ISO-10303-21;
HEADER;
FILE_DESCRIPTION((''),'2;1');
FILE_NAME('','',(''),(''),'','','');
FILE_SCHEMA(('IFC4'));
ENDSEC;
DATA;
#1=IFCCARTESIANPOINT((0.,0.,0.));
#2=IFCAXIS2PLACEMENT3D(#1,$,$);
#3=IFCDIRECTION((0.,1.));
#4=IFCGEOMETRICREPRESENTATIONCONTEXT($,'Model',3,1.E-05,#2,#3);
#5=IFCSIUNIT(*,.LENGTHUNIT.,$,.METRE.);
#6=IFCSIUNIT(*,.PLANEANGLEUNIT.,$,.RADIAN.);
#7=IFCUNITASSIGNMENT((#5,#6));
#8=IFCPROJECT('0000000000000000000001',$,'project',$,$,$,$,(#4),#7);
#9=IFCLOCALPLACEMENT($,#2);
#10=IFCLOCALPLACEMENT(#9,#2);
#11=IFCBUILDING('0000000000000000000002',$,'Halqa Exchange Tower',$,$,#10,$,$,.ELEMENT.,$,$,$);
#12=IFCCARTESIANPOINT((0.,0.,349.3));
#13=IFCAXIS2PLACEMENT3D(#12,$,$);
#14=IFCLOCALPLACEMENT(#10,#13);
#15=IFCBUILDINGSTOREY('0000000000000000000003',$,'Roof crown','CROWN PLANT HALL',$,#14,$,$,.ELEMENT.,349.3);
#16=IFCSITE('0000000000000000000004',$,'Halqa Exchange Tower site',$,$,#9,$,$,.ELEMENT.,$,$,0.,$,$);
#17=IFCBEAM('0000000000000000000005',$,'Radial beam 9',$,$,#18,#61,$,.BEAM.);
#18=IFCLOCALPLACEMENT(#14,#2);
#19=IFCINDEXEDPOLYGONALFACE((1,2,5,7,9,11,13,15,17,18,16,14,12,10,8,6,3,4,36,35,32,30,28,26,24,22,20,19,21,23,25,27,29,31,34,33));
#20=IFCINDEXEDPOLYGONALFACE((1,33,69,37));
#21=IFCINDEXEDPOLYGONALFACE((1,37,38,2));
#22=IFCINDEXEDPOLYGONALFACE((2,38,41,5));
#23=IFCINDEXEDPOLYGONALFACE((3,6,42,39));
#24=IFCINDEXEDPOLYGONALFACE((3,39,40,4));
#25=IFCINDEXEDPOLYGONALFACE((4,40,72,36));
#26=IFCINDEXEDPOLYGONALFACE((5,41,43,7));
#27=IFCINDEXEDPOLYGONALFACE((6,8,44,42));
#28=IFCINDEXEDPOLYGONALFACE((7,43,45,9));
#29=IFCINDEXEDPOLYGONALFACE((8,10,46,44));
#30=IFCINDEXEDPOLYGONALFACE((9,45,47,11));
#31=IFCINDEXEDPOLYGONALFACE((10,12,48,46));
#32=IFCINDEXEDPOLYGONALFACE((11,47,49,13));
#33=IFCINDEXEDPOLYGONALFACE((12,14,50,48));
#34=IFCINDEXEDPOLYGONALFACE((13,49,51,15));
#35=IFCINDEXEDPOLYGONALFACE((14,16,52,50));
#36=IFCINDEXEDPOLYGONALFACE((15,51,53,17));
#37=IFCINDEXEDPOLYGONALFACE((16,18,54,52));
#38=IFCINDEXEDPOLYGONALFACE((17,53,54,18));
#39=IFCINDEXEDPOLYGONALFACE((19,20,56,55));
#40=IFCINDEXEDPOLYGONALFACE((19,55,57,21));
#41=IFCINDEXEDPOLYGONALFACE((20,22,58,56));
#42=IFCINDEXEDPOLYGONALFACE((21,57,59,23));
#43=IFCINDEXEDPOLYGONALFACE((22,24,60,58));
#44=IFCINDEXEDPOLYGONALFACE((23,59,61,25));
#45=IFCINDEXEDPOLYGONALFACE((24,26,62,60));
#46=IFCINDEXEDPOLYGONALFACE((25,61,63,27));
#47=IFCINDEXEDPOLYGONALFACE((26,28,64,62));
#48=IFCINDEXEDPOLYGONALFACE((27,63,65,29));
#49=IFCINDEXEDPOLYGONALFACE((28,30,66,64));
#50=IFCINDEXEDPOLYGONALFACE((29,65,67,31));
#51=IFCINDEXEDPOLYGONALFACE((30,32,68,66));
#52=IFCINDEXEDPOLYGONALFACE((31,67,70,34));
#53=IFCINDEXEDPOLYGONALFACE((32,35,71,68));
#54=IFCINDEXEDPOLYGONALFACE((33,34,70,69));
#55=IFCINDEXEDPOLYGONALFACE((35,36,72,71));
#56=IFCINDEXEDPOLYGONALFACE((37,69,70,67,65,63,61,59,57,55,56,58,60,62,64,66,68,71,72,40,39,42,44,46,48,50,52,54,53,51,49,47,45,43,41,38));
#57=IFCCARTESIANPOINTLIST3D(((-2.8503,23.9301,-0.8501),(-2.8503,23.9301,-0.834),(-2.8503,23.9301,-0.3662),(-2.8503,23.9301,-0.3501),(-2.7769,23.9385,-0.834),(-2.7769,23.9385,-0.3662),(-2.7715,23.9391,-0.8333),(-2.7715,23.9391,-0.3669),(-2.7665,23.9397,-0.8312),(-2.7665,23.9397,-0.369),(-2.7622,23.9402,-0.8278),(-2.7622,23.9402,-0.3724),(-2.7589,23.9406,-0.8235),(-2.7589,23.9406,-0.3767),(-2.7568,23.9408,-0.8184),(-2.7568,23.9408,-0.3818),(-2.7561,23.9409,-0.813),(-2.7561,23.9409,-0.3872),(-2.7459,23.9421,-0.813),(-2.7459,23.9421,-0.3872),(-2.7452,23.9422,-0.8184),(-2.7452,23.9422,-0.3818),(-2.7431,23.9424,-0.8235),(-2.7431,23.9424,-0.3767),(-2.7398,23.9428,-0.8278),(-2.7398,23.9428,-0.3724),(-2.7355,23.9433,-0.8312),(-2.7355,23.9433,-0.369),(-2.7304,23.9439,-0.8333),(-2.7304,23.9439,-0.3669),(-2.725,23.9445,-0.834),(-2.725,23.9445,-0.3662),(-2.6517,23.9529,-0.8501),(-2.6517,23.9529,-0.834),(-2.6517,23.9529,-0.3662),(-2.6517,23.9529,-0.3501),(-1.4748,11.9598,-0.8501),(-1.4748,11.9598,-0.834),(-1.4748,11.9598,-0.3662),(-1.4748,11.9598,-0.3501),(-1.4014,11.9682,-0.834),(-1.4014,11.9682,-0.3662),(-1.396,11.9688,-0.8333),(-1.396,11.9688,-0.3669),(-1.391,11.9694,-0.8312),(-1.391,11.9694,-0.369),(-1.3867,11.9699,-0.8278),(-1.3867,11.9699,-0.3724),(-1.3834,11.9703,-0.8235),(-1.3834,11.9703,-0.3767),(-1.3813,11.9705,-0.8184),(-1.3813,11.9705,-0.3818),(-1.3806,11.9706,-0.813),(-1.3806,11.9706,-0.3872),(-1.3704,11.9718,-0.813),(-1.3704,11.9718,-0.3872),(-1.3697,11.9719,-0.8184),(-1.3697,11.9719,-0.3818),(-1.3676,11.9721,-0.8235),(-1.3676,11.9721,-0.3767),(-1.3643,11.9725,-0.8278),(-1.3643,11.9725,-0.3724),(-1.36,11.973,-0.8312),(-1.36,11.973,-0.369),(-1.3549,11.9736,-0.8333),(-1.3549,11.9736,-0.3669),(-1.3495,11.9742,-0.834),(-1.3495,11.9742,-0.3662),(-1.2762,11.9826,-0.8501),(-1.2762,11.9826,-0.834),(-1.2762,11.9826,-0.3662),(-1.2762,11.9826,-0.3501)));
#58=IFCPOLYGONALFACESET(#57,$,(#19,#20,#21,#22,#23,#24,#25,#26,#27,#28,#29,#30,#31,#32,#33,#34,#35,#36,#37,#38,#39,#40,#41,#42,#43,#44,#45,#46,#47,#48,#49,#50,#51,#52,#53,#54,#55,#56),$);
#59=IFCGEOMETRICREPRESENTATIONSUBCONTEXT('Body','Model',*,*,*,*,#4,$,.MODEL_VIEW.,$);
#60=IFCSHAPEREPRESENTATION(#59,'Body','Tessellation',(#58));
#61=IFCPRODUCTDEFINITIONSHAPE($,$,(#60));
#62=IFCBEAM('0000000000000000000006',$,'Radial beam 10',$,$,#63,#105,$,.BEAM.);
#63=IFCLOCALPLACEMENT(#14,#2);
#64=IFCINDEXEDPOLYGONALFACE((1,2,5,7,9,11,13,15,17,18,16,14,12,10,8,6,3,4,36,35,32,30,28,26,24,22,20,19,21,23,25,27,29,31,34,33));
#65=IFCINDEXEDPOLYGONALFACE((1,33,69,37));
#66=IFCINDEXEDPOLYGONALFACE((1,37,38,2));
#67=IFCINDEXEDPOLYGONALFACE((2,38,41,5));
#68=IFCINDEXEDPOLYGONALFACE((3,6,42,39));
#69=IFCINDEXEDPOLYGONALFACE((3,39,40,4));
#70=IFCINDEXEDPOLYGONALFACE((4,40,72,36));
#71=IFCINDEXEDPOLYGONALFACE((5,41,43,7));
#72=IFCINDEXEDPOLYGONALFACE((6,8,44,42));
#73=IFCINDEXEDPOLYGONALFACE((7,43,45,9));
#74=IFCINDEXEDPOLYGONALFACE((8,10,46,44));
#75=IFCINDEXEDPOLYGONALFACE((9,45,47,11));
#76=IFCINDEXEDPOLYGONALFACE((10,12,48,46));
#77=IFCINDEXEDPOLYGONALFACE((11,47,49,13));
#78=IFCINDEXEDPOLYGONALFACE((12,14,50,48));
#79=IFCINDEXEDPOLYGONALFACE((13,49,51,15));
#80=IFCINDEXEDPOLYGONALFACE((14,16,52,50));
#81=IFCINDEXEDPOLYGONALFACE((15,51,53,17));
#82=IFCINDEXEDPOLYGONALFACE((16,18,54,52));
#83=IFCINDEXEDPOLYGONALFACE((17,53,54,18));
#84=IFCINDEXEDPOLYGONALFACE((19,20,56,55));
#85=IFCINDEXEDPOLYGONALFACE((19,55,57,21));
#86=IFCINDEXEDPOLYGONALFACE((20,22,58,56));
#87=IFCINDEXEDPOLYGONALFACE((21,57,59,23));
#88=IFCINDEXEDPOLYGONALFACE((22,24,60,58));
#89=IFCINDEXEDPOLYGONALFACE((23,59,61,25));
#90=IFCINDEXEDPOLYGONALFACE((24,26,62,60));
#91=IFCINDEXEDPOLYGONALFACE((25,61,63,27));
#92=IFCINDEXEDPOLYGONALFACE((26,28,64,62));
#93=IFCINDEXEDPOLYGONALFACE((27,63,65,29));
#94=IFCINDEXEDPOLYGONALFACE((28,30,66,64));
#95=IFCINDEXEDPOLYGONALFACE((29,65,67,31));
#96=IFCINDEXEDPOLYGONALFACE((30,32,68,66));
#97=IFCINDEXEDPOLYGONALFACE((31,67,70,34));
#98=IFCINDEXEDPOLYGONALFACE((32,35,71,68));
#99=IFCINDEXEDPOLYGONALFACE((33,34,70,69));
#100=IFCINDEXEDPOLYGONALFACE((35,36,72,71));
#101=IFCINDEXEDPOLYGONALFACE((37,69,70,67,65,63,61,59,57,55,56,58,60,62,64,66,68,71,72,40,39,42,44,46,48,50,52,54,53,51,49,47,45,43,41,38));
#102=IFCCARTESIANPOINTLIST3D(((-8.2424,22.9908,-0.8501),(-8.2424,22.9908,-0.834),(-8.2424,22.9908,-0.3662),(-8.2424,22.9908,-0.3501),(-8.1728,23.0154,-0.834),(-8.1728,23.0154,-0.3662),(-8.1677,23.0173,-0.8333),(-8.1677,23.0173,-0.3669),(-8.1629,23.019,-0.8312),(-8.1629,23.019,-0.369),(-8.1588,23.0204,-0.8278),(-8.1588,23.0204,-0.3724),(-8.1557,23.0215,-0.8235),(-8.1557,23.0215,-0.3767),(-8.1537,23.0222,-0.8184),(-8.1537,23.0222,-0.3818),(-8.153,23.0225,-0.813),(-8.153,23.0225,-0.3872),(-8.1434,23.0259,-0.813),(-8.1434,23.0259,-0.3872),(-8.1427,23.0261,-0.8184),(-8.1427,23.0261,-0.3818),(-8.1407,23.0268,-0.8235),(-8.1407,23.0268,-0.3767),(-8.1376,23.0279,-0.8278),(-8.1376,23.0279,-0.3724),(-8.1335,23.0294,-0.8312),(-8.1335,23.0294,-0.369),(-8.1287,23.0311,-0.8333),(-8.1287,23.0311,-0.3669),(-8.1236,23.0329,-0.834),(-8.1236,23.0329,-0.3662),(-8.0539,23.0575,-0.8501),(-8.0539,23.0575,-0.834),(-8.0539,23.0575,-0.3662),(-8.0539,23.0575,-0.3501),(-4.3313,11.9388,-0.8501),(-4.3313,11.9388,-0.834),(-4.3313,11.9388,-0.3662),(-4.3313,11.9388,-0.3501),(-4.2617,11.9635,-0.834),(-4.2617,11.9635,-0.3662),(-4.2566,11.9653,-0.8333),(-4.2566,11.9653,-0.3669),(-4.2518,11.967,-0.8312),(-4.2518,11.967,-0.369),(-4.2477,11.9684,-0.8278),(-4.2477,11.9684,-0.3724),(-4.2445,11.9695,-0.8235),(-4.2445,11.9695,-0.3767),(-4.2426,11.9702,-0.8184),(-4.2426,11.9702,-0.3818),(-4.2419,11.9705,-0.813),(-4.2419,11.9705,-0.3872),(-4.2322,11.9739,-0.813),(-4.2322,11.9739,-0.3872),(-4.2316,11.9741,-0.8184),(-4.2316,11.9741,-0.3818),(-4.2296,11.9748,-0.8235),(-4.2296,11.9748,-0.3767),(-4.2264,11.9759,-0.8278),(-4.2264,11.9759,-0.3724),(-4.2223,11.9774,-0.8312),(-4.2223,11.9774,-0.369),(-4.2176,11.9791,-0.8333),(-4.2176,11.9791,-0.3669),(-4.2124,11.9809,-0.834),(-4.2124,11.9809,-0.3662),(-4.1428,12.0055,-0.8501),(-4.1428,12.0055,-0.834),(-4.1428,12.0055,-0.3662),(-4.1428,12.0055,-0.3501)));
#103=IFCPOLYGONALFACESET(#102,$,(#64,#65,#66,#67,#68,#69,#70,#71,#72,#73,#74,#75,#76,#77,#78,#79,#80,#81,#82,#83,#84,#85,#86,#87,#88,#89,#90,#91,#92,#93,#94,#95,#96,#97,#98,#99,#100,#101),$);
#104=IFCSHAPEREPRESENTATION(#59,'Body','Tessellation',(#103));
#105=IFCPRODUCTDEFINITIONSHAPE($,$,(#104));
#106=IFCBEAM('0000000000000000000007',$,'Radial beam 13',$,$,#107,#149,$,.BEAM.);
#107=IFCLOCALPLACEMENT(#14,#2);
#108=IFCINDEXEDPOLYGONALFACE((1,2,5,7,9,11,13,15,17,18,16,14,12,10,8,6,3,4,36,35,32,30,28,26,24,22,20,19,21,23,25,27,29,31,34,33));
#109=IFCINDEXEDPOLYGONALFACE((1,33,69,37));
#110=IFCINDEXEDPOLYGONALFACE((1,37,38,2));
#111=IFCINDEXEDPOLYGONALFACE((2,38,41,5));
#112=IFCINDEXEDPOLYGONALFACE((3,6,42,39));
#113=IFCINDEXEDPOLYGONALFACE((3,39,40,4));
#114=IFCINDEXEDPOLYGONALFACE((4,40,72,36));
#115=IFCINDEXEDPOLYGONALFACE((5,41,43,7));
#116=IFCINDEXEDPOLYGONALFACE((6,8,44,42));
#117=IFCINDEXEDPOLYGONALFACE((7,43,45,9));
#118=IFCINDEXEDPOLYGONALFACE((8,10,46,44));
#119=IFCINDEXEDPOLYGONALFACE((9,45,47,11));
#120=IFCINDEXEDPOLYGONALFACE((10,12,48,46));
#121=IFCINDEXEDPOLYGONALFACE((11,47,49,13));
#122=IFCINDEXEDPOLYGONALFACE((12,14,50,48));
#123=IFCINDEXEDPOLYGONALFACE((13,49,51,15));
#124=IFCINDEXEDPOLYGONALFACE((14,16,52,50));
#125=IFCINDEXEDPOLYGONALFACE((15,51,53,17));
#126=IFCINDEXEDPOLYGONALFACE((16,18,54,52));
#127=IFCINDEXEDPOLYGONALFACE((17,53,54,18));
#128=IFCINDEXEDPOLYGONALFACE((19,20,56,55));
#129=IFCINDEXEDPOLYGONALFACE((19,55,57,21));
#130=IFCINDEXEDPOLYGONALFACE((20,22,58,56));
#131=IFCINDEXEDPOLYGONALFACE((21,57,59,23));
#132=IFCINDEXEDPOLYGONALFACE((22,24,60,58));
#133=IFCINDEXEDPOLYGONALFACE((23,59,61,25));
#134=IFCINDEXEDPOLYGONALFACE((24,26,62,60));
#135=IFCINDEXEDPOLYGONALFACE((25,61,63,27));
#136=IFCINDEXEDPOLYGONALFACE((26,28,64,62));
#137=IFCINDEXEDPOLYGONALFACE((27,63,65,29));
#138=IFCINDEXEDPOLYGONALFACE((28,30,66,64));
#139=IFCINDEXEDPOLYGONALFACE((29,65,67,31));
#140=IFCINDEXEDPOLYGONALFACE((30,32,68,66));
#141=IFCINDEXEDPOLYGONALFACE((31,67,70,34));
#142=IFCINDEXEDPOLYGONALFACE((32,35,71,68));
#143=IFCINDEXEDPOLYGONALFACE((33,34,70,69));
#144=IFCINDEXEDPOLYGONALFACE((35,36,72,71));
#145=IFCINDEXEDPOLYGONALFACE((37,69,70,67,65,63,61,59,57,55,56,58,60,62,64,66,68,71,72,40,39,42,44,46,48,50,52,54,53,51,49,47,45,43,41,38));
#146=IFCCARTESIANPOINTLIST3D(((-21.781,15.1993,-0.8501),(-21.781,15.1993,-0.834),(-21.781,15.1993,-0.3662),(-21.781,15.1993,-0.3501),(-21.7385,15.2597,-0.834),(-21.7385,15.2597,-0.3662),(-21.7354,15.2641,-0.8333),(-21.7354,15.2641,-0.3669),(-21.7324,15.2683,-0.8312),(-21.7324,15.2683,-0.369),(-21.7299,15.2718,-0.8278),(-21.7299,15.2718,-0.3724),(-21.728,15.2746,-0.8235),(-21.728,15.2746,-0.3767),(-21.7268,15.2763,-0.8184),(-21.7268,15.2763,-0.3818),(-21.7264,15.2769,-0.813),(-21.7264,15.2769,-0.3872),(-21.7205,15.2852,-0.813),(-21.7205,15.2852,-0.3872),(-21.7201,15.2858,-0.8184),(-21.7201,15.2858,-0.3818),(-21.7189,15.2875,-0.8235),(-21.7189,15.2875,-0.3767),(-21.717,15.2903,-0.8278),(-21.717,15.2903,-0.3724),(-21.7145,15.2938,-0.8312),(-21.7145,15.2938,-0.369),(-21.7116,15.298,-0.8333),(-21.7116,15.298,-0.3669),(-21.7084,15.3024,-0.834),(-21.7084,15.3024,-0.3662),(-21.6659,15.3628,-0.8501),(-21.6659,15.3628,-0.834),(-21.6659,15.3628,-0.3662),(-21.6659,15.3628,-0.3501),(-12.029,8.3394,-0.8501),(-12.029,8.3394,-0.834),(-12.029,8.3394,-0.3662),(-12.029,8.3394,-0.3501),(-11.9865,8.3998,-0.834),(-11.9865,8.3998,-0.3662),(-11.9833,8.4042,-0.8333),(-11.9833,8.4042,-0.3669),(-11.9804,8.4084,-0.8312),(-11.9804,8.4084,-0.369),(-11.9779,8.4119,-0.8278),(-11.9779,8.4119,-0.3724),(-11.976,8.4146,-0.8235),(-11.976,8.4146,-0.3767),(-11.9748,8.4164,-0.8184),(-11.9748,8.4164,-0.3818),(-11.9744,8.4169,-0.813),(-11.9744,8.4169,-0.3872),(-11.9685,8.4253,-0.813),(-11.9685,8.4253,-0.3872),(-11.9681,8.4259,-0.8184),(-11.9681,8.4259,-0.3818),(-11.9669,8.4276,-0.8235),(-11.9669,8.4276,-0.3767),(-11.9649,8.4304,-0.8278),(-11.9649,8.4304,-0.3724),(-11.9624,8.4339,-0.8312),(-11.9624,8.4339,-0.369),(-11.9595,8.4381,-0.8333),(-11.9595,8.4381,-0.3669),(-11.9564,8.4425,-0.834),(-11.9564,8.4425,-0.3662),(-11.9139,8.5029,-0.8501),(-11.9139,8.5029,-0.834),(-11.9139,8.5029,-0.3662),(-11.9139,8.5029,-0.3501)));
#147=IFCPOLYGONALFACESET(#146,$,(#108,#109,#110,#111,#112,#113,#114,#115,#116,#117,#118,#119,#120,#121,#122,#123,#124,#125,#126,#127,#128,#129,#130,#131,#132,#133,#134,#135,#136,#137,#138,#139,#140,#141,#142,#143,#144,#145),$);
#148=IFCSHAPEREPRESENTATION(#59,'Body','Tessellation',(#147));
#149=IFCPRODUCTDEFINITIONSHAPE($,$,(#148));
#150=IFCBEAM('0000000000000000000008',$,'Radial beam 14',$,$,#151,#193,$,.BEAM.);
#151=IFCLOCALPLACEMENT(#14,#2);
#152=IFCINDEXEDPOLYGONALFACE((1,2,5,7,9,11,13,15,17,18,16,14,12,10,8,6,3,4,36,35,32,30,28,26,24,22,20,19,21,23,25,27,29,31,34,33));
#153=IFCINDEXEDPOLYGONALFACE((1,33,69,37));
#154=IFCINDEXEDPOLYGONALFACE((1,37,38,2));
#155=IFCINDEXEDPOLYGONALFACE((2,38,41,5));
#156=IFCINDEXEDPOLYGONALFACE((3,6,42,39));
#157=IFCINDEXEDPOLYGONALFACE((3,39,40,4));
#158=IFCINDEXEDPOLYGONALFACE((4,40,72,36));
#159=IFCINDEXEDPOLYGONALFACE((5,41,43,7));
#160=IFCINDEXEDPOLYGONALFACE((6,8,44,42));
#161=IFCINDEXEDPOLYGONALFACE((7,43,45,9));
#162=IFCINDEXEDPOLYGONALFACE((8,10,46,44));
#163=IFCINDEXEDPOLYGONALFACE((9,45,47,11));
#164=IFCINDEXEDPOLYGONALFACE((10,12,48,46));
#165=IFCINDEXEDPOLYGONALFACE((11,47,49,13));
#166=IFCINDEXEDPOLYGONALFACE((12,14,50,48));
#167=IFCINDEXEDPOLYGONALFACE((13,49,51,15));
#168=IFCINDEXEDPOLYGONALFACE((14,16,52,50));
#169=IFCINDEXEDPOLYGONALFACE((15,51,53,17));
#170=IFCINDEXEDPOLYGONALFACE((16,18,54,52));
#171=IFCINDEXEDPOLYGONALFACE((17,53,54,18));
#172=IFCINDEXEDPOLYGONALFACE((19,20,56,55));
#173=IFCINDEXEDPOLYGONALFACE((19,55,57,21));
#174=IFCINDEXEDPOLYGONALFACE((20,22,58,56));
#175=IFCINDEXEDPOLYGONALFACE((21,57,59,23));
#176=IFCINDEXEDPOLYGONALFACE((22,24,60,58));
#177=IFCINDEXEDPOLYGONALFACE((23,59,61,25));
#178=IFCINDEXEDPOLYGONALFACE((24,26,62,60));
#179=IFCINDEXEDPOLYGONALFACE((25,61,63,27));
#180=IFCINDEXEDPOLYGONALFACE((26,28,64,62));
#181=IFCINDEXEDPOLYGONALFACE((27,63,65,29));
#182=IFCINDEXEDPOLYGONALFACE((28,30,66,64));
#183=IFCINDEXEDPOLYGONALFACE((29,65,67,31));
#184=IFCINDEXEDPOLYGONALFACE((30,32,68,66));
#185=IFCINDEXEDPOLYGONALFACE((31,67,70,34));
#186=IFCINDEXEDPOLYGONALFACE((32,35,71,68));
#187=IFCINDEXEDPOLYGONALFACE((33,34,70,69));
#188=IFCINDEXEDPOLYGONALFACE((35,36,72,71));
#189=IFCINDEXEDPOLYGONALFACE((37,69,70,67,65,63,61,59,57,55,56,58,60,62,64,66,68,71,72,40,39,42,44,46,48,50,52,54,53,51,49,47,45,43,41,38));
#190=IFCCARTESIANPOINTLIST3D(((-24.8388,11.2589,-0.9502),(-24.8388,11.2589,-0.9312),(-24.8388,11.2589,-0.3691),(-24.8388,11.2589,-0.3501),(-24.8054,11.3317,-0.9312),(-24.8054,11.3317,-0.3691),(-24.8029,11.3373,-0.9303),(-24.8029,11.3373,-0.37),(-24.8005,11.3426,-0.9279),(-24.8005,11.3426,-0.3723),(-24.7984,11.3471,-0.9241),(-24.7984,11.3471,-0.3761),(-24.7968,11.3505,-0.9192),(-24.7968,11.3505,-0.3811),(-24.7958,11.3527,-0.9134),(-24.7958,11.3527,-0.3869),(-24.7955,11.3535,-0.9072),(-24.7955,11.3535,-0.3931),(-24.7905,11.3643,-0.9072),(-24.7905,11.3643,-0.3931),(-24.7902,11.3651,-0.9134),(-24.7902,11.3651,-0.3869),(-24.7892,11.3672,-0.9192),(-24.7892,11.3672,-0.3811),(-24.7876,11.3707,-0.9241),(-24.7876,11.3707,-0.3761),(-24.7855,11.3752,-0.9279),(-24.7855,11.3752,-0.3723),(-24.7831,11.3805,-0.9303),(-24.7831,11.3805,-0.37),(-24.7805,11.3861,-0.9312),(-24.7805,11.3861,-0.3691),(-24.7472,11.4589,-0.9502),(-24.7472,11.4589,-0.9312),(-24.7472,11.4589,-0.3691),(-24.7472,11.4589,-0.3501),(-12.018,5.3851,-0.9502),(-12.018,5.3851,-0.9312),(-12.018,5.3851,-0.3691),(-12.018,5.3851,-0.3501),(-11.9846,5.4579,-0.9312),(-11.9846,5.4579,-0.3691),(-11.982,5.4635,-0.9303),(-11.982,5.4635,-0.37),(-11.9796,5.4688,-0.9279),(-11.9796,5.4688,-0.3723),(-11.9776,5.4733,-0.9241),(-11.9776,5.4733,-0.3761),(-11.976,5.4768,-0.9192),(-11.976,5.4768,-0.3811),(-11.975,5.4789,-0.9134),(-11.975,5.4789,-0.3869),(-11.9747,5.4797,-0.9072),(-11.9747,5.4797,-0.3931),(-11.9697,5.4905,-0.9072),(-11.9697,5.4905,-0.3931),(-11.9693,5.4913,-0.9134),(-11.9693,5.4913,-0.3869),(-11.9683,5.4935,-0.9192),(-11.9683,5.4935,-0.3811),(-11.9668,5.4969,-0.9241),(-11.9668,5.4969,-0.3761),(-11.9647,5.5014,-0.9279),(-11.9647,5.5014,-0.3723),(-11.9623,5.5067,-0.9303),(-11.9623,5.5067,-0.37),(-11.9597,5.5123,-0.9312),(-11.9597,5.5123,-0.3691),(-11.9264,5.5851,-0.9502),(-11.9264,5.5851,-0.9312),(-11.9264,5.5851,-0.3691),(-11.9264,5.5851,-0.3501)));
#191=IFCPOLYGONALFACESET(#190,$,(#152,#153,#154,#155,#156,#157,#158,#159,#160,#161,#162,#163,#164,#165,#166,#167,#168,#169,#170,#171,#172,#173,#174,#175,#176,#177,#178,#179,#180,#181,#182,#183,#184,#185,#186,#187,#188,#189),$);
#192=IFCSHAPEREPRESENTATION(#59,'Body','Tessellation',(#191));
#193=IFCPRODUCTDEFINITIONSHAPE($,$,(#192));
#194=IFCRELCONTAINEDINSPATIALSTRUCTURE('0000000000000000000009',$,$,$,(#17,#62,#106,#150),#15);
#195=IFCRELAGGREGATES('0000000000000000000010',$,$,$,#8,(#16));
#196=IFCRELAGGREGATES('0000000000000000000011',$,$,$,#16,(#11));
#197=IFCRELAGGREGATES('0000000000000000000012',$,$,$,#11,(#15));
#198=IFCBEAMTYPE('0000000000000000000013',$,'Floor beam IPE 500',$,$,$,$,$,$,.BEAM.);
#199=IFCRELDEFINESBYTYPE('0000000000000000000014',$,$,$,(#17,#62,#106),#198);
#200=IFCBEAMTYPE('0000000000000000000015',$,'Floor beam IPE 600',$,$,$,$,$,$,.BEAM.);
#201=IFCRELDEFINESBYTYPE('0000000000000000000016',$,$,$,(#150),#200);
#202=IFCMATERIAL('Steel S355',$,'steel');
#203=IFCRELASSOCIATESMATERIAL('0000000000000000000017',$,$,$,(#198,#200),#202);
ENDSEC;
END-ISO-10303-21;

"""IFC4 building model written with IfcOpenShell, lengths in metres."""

from ifc_helpers import new_model, si_unit, direction, frame, origin, origin_2d, place, context, subcontext, project, spatial, i_section, extrude, material, material_profile, profile_set, type_object, element, save


model = new_model("IFC4")

# Units and contexts
model_context = context("Model", 3, precision=1e-05, world=origin(), true_north=direction((0.0, 1.0)))
body_context = subcontext(model_context, "Body", "Model", "MODEL_VIEW")
ifc_project = project(units=[si_unit("LENGTHUNIT", "METRE"), si_unit("PLANEANGLEUNIT", "RADIAN")], contexts=[model_context])

# Site, building, storey
site_placement = place(None, origin())
site = spatial("IfcSite", under=ifc_project, at=site_placement, Name="Halqa Exchange Tower site", CompositionType="ELEMENT", RefElevation=0.0)
building_placement = place(site_placement, origin())
building = spatial("IfcBuilding", under=site, at=building_placement, Name="Halqa Exchange Tower", CompositionType="ELEMENT")
storey_placement = place(building_placement, frame((0.0, 0.0, 349.3)))
storey = spatial("IfcBuildingStorey", under=building, at=storey_placement, Name="Roof crown", Description="CROWN PLANT HALL", CompositionType="ELEMENT", Elevation=349.3)

# Shared definitions
ifc_material_1 = material(Name="Steel S355", Category="steel")

# Beams
ifc_material_profile_1 = material_profile(ifc_material_1, i_section(OverallWidth=0.2, OverallDepth=0.5, WebThickness=0.0103, FlangeThickness=0.0161, FilletRadius=0.021, at=origin_2d()), Name="IPE 500")
ifc_profile_set_1 = profile_set([ifc_material_profile_1], Name="Steel S355")
beam_type_1 = type_object("IfcBeamType", Name="Floor beam IPE 500", PredefinedType="BEAM", material=ifc_profile_set_1)
beam_1_placement = place(storey_placement, frame((-1.3755, 11.9712, -0.6001), z_axis=(-0.114158, 0.993463, 0.0), x_axis=(-0.993463, -0.114158, 0.0)))
element("IfcBeam", 1, at=beam_1_placement, inside=storey, type_object=beam_type_1, Name="Radial beam 9", PredefinedType="BEAM", context=body_context, shape_type="SweptSolid", body=[
    extrude(i_section(OverallWidth=0.2, OverallDepth=0.5, WebThickness=0.0103, FlangeThickness=0.0161, FilletRadius=0.021, at=origin_2d()), origin(), (0.0, 0.0, 1.0), 12.0491),
])
beam_2_placement = place(storey_placement, frame((-4.2371, 11.9722, -0.6001), z_axis=(-0.333611, 0.942711, 0.0), x_axis=(-0.942711, -0.333611, 0.0)))
element("IfcBeam", 2, at=beam_2_placement, inside=storey, type_object=beam_type_1, Name="Radial beam 10", PredefinedType="BEAM", context=body_context, shape_type="SweptSolid", body=[
    extrude(i_section(OverallWidth=0.2, OverallDepth=0.5, WebThickness=0.0103, FlangeThickness=0.0161, FilletRadius=0.021, at=origin_2d()), origin(), (0.0, 0.0, 1.0), 11.7236),
])
beam_3_placement = place(storey_placement, frame((-11.9714, 8.4211, -0.6001), z_axis=(-0.81791, 0.575346, 0.0), x_axis=(-0.575346, -0.81791, 0.0)))
element("IfcBeam", 3, at=beam_3_placement, inside=storey, type_object=beam_type_1, Name="Radial beam 13", PredefinedType="BEAM", context=body_context, shape_type="SweptSolid", body=[
    extrude(i_section(OverallWidth=0.2, OverallDepth=0.5, WebThickness=0.0103, FlangeThickness=0.0161, FilletRadius=0.021, at=origin_2d()), origin(), (0.0, 0.0, 1.0), 11.9231),
])
ifc_material_profile_2 = material_profile(ifc_material_1, i_section(OverallWidth=0.22, OverallDepth=0.6001, WebThickness=0.012, FlangeThickness=0.019, FilletRadius=0.0239, at=origin_2d()), Name="IPE 600")
ifc_profile_set_2 = profile_set([ifc_material_profile_2], Name="Steel S355")
beam_type_2 = type_object("IfcBeamType", Name="Floor beam IPE 600", PredefinedType="BEAM", material=ifc_profile_set_2)
beam_4_placement = place(storey_placement, frame((-11.9722, 5.4851, -0.6501), z_axis=(-0.90913, 0.416513, 0.0), x_axis=(-0.416513, -0.90913, 0.0)))
element("IfcBeam", 4, at=beam_4_placement, inside=storey, type_object=beam_type_2, Name="Radial beam 14", PredefinedType="BEAM", context=body_context, shape_type="SweptSolid", body=[
    extrude(i_section(OverallWidth=0.22, OverallDepth=0.6001, WebThickness=0.012, FlangeThickness=0.019, FilletRadius=0.0239, at=origin_2d()), origin(), (0.0, 0.0, 1.0), 14.1023),
])

save(model, "model.ifc")
